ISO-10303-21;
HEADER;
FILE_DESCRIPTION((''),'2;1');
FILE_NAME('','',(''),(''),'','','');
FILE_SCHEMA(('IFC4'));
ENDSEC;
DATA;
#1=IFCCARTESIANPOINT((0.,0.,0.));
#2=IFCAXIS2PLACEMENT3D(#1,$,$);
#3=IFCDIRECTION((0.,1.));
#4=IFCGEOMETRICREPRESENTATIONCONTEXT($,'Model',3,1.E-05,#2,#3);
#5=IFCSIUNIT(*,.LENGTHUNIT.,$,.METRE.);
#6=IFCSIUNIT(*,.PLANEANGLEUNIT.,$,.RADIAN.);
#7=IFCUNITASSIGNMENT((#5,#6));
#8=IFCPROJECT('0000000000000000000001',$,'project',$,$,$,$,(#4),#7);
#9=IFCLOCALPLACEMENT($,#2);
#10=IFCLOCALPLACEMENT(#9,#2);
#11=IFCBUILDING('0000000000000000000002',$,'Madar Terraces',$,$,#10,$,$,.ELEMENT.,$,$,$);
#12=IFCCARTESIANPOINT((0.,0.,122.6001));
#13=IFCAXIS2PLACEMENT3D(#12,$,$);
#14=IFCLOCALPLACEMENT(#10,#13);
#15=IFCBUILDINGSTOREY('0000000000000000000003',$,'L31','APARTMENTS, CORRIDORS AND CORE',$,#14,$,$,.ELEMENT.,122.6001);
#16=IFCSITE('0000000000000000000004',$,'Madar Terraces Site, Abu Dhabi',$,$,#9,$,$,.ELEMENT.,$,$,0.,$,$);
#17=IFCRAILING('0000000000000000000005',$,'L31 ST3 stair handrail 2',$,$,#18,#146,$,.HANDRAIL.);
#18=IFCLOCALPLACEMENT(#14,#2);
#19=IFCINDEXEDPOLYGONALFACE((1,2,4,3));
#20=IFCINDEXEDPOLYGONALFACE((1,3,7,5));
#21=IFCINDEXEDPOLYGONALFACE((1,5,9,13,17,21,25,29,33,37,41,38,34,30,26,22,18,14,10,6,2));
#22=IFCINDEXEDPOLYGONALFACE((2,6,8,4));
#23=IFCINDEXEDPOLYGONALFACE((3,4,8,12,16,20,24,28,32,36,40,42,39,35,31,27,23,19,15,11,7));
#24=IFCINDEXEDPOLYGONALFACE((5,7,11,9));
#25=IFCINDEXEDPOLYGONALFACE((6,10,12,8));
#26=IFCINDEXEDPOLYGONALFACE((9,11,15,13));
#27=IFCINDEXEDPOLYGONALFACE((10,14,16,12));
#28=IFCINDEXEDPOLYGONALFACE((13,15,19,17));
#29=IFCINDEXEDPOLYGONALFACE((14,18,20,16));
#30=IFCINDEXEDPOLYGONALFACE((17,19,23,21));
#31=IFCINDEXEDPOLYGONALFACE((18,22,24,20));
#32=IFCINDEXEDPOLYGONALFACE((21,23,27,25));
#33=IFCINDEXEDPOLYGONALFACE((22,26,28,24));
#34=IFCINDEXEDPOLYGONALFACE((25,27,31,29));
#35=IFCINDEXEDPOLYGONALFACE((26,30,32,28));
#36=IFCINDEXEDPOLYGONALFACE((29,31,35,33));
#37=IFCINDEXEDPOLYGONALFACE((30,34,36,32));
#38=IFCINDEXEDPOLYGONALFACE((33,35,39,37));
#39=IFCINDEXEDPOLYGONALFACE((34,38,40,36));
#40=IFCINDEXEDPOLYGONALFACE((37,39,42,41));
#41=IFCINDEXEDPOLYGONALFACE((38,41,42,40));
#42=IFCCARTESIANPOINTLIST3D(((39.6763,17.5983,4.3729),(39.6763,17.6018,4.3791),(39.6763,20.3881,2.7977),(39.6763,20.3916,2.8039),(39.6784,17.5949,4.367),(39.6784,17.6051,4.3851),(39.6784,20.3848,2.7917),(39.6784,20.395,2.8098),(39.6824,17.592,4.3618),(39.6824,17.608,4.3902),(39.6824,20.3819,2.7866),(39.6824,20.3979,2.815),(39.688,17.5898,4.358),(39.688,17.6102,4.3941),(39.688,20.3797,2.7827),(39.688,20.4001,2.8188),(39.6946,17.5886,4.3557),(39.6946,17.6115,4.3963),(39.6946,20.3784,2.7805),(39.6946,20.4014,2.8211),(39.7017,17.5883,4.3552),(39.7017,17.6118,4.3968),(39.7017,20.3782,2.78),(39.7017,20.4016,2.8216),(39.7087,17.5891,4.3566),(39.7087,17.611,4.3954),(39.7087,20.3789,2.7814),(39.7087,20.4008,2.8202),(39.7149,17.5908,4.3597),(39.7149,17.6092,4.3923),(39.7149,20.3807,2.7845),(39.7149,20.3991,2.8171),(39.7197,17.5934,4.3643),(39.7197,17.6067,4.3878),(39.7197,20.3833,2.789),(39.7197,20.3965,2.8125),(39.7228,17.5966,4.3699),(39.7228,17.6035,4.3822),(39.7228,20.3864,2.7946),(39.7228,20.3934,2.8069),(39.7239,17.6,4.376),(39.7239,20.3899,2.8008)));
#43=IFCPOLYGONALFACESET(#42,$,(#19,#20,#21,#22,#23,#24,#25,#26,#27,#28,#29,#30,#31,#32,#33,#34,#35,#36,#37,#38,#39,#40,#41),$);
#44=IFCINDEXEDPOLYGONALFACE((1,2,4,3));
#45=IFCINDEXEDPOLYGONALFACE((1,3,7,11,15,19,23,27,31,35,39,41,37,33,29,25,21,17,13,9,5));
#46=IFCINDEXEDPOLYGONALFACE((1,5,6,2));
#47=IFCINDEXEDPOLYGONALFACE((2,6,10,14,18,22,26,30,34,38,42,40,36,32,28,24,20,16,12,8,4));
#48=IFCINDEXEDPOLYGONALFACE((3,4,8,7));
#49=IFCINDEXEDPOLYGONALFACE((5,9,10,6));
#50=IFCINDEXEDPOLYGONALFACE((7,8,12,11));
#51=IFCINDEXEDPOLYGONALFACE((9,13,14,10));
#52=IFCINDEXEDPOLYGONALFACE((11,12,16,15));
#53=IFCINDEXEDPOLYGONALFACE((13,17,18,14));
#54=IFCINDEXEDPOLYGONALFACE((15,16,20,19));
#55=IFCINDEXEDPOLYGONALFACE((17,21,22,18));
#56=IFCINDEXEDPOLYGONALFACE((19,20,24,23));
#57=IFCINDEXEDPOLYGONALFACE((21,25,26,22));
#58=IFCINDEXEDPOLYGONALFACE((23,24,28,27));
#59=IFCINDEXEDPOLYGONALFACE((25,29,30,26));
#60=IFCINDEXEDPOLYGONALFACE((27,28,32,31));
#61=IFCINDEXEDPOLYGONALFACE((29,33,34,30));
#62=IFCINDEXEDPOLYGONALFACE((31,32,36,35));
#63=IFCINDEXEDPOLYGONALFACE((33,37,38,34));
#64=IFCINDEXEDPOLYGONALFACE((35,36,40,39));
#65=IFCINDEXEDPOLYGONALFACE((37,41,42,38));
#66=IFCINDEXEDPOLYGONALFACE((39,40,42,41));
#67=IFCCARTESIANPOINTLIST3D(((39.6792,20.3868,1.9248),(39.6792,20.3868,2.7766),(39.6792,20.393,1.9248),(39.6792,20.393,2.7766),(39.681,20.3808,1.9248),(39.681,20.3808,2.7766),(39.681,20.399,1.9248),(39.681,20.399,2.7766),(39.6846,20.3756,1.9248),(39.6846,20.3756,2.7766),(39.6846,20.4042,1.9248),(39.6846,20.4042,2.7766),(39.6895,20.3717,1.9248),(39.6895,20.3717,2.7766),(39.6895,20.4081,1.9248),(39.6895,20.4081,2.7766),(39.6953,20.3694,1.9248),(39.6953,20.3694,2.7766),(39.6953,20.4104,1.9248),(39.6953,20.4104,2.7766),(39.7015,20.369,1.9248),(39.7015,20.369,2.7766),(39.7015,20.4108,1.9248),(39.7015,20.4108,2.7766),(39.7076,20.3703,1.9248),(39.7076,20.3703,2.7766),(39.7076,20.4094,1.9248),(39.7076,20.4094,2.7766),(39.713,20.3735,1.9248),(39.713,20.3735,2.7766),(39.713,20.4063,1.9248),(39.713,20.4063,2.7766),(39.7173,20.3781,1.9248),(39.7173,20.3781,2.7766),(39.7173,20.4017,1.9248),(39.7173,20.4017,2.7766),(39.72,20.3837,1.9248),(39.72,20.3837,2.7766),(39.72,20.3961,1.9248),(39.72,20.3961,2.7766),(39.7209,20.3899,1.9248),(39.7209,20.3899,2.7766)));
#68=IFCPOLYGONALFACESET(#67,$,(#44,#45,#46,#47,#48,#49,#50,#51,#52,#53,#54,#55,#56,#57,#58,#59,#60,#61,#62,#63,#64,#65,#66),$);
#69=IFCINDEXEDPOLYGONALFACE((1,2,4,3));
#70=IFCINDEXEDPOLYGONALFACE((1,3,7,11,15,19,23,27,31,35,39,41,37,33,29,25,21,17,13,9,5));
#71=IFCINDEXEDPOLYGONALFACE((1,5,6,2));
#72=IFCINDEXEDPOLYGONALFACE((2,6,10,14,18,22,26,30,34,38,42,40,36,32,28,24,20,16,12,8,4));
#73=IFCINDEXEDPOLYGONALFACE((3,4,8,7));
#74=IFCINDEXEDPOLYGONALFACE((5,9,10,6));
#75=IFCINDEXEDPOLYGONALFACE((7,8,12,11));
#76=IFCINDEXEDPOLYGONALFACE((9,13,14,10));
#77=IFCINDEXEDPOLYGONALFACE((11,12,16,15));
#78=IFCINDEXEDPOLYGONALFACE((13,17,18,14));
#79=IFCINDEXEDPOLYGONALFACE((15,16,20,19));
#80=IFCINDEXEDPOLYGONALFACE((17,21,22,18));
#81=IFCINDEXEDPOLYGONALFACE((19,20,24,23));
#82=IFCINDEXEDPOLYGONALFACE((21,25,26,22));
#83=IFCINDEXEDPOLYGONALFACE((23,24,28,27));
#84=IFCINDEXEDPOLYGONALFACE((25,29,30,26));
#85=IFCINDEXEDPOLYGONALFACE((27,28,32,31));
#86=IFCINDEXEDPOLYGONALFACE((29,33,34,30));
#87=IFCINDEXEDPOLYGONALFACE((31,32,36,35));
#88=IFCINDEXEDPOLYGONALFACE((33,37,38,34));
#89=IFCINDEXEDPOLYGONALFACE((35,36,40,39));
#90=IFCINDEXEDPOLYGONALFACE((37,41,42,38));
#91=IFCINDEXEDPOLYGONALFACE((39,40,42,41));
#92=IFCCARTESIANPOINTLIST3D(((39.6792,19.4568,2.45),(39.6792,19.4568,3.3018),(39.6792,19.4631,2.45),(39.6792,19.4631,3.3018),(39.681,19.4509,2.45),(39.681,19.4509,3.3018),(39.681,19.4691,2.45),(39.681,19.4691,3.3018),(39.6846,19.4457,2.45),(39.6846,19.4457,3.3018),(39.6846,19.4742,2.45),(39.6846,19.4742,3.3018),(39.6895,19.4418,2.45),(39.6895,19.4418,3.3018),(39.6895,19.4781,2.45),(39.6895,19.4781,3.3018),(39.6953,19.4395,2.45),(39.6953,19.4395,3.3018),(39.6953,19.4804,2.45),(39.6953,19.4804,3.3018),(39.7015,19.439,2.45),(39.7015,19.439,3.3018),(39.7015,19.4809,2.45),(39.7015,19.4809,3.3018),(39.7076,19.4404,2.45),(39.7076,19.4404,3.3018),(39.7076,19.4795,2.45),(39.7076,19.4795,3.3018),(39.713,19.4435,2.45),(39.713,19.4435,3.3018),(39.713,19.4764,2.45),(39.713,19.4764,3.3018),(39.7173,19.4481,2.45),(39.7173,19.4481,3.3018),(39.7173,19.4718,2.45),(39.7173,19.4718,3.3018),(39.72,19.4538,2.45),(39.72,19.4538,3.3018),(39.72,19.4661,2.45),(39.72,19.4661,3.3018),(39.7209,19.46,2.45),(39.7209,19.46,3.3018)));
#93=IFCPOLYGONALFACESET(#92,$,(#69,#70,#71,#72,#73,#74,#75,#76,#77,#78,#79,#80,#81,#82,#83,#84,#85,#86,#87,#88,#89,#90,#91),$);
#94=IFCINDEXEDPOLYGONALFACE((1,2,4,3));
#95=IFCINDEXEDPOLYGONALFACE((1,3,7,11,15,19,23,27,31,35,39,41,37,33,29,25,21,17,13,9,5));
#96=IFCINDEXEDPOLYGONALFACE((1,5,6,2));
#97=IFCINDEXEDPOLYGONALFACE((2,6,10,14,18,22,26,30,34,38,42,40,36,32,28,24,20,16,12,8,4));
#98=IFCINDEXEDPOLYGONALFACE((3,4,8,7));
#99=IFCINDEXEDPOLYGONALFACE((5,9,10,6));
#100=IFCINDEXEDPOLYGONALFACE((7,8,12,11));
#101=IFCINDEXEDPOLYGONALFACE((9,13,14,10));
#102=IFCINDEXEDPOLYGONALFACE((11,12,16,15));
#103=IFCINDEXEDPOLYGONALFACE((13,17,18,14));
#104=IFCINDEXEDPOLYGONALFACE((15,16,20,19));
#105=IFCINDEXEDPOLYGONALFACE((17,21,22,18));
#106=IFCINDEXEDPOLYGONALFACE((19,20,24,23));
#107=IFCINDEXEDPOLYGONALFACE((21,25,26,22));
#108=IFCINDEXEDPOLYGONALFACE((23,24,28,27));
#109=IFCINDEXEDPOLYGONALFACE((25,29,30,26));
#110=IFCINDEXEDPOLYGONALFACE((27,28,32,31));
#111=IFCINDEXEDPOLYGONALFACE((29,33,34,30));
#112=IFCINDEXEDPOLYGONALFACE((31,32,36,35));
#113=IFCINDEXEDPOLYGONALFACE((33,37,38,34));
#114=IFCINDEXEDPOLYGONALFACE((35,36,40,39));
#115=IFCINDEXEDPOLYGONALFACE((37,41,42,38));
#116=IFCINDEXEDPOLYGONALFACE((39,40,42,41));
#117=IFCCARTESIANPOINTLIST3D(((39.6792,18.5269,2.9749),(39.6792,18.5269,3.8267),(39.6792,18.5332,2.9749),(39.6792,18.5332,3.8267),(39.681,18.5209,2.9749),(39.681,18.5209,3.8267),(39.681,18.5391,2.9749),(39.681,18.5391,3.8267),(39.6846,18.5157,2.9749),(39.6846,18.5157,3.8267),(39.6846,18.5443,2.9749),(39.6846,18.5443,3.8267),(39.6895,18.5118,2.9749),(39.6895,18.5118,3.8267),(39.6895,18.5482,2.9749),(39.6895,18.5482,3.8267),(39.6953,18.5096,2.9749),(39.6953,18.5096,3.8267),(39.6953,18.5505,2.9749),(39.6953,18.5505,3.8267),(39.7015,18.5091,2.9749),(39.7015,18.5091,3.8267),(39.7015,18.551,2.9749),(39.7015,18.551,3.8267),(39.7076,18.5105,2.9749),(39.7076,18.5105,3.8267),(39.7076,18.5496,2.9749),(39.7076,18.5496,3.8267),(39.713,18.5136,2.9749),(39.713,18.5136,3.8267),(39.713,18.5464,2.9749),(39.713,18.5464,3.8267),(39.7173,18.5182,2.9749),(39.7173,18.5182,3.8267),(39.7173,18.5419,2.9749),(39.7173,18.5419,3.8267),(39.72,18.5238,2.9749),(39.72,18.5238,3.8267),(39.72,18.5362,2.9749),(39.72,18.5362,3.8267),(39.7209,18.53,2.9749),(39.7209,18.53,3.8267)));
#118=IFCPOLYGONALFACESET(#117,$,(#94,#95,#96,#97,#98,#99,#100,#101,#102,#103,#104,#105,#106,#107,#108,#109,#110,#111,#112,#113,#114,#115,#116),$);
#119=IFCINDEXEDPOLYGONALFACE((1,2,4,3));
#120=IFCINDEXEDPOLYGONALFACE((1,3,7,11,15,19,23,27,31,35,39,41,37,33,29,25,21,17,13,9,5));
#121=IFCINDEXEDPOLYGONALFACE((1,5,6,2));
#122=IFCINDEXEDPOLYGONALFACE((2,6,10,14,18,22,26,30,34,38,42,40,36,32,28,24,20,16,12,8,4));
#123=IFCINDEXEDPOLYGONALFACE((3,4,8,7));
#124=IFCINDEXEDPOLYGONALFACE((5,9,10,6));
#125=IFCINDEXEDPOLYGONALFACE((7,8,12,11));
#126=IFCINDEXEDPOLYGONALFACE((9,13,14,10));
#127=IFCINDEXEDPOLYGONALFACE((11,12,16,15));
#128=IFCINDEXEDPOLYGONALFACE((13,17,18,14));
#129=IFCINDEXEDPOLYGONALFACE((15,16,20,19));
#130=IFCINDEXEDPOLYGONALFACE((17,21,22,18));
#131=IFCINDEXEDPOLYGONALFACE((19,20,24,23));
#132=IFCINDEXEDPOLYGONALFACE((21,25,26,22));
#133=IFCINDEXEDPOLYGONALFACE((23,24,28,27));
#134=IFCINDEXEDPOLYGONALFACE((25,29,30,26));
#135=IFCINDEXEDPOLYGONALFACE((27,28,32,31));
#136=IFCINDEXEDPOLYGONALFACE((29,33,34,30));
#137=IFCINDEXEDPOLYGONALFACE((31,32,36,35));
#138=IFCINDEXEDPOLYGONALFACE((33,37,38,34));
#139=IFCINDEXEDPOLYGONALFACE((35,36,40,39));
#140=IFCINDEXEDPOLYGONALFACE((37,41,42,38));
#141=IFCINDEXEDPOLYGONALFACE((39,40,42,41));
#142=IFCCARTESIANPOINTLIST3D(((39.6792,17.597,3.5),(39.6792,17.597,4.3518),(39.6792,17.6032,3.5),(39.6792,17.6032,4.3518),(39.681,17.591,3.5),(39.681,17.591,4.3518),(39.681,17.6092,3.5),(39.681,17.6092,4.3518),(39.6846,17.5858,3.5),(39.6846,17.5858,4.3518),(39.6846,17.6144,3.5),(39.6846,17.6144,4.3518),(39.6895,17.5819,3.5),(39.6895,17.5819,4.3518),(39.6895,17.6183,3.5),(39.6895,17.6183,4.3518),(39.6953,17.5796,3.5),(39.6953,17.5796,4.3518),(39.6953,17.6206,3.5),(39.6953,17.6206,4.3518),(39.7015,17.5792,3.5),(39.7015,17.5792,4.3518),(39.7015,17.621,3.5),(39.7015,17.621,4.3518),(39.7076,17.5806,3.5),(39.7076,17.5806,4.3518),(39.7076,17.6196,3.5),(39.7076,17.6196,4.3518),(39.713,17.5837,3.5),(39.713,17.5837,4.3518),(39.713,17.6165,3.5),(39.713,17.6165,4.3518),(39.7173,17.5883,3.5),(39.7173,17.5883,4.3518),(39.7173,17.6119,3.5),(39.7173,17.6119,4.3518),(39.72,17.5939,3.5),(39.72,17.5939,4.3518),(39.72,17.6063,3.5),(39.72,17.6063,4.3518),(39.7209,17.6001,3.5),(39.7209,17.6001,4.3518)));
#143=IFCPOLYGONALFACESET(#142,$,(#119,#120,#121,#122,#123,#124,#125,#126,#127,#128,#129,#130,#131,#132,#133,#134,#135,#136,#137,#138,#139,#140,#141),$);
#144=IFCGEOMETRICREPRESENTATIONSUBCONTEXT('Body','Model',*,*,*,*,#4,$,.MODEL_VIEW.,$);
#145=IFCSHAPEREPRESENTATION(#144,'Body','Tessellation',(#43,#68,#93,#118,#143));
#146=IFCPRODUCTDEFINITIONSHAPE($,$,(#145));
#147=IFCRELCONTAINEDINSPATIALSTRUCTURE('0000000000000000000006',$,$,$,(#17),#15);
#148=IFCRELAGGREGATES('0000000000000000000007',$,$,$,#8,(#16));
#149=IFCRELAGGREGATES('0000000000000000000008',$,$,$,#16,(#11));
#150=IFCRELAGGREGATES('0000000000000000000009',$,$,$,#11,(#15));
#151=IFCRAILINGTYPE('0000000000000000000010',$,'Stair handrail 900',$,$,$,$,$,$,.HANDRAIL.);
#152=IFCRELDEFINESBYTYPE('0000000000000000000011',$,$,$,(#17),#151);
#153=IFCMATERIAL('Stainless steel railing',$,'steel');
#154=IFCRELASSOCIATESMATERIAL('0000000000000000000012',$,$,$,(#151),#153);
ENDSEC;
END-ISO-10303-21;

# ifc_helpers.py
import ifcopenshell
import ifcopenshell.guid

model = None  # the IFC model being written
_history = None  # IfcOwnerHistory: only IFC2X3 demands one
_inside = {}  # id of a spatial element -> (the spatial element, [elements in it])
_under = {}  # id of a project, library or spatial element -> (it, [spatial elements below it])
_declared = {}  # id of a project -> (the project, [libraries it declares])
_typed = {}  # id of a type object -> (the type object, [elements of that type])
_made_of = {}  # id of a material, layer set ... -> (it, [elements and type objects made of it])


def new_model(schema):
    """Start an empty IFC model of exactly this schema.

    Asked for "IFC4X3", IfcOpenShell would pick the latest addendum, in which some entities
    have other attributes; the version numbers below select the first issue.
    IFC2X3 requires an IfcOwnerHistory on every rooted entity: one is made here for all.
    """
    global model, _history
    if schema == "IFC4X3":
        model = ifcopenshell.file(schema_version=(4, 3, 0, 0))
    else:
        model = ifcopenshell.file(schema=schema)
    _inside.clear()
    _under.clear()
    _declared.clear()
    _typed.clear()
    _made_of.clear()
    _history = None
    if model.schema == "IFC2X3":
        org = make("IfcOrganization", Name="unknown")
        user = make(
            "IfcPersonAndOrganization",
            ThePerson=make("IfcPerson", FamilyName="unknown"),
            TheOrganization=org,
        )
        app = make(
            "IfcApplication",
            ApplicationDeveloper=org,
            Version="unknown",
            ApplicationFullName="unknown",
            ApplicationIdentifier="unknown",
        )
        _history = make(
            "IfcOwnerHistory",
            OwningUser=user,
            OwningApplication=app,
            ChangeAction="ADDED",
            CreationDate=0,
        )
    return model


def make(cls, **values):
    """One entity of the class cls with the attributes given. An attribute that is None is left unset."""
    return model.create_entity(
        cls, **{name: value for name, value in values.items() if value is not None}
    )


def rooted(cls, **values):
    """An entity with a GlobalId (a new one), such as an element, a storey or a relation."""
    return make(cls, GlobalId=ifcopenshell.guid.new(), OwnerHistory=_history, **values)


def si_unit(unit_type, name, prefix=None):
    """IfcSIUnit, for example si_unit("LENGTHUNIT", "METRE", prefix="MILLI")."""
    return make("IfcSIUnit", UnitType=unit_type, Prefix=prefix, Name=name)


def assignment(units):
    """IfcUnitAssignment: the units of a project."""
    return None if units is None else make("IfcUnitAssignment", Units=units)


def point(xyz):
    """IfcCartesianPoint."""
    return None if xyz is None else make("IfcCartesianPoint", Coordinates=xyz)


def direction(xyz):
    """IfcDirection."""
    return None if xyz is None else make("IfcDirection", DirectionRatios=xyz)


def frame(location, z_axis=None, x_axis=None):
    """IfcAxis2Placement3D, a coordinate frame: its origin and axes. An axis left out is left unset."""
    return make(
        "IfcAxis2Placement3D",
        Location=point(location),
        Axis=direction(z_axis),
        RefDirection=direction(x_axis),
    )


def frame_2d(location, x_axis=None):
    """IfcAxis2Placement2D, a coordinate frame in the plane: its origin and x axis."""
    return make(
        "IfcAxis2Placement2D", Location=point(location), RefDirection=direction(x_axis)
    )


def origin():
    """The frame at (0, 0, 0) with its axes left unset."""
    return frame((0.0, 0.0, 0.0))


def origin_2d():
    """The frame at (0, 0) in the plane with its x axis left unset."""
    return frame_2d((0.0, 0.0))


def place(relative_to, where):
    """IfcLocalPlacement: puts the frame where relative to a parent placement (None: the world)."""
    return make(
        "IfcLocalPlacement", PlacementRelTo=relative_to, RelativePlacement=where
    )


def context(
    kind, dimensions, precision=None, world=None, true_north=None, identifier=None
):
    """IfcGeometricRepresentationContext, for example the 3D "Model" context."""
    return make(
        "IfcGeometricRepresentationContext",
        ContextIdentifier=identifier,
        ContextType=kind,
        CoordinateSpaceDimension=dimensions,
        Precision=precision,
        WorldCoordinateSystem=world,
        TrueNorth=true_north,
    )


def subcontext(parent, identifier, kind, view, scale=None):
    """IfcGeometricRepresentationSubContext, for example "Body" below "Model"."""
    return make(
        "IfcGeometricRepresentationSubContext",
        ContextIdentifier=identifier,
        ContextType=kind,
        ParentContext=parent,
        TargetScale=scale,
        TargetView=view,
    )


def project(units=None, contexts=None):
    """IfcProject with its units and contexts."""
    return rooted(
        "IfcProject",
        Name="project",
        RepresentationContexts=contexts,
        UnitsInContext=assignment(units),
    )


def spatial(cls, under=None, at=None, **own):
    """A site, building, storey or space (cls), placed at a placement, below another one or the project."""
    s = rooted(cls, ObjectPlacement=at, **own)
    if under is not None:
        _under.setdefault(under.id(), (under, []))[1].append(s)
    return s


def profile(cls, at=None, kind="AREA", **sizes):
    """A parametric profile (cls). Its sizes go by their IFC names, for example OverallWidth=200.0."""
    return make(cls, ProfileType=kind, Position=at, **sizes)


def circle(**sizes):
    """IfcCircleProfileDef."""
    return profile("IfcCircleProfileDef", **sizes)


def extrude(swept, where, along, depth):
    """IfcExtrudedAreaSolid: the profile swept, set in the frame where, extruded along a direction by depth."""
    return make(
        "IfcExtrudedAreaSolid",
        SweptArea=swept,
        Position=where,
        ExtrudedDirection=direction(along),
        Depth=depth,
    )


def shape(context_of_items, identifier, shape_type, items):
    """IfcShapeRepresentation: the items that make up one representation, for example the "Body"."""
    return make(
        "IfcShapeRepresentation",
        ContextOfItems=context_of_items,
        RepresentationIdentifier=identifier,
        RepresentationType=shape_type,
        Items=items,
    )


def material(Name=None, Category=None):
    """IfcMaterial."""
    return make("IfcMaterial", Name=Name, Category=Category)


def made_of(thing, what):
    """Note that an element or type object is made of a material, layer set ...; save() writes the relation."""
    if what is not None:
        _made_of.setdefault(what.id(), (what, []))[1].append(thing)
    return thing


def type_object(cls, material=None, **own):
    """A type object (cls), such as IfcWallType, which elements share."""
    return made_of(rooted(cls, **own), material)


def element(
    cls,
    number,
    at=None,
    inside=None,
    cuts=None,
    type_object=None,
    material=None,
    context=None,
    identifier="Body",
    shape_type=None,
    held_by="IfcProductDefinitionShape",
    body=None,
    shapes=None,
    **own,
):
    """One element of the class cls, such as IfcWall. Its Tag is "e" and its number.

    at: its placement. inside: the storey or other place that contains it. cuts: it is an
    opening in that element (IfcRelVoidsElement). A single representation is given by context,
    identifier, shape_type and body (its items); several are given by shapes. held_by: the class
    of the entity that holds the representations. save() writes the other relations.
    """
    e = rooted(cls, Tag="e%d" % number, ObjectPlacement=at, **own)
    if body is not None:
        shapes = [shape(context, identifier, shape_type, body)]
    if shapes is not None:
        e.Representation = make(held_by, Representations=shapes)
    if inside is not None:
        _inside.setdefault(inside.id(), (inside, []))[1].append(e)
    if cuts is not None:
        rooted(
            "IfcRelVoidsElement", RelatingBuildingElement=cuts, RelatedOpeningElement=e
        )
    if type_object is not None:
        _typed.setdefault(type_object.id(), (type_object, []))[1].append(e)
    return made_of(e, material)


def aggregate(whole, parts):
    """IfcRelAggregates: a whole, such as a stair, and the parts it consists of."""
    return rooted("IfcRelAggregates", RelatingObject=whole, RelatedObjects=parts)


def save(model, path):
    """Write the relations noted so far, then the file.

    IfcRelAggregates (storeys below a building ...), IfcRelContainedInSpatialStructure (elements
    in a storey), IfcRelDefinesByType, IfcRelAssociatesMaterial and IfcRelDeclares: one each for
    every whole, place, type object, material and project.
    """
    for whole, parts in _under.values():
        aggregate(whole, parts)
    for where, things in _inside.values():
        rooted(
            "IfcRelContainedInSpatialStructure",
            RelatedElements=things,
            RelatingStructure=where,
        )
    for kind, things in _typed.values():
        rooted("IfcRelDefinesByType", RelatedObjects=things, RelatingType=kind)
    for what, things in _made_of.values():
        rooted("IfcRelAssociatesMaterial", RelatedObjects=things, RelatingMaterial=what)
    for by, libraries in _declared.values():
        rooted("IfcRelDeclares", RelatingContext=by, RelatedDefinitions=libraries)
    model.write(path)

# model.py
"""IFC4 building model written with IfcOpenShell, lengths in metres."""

from ifc_helpers import new_model, si_unit, direction, frame, origin, origin_2d, place, context, subcontext, project, spatial, circle, extrude, material, type_object, element, save


model = new_model("IFC4")

# Units and contexts
model_context = context("Model", 3, precision=1e-05, world=origin(), true_north=direction((0.0, 1.0)))
body_context = subcontext(model_context, "Body", "Model", "MODEL_VIEW")
ifc_project = project(units=[si_unit("LENGTHUNIT", "METRE"), si_unit("PLANEANGLEUNIT", "RADIAN")], contexts=[model_context])

# Site, building, storey
site_placement = place(None, origin())
site = spatial("IfcSite", under=ifc_project, at=site_placement, Name="Madar Terraces Site, Abu Dhabi", CompositionType="ELEMENT", RefElevation=0.0)
building_placement = place(site_placement, origin())
building = spatial("IfcBuilding", under=site, at=building_placement, Name="Madar Terraces", CompositionType="ELEMENT")
storey_placement = place(building_placement, frame((0.0, 0.0, 122.6001)))
storey = spatial("IfcBuildingStorey", under=building, at=storey_placement, Name="L31", Description="APARTMENTS, CORRIDORS AND CORE", CompositionType="ELEMENT", Elevation=122.6001)

# Railing
ifc_material_1 = material(Name="Stainless steel railing", Category="steel")
railing_type_1 = type_object("IfcRailingType", Name="Stair handrail 900", PredefinedType="HANDRAIL", material=ifc_material_1)
railing_1_placement = place(storey_placement, frame((39.7, 20.3899, 1.9248)))
element("IfcRailing", 1, at=railing_1_placement, inside=storey, type_object=railing_type_1, Name="L31 ST3 stair handrail 2", PredefinedType="HANDRAIL", context=body_context, shape_type="SweptSolid", body=[
    extrude(circle(Radius=0.0239, at=origin_2d()), frame((0.0, 0.0, 0.876), z_axis=(0.0, -0.870783, 0.491668), x_axis=(1.0, 0.0, 0.0)), (0.0, 0.0, 1.0), 3.2039),
    extrude(circle(Radius=0.021, at=origin_2d()), origin(), (0.0, 0.0, 1.0), 0.8518),
    extrude(circle(Radius=0.021, at=origin_2d()), frame((0.0, -0.9299, 0.5251)), (0.0, 0.0, 1.0), 0.8518),
    extrude(circle(Radius=0.021, at=origin_2d()), frame((0.0, -1.8599, 1.05)), (0.0, 0.0, 1.0), 0.8518),
    extrude(circle(Radius=0.021, at=origin_2d()), frame((0.0, -2.7898, 1.5752)), (0.0, 0.0, 1.0), 0.8518),
])

save(model, "model.ifc")
